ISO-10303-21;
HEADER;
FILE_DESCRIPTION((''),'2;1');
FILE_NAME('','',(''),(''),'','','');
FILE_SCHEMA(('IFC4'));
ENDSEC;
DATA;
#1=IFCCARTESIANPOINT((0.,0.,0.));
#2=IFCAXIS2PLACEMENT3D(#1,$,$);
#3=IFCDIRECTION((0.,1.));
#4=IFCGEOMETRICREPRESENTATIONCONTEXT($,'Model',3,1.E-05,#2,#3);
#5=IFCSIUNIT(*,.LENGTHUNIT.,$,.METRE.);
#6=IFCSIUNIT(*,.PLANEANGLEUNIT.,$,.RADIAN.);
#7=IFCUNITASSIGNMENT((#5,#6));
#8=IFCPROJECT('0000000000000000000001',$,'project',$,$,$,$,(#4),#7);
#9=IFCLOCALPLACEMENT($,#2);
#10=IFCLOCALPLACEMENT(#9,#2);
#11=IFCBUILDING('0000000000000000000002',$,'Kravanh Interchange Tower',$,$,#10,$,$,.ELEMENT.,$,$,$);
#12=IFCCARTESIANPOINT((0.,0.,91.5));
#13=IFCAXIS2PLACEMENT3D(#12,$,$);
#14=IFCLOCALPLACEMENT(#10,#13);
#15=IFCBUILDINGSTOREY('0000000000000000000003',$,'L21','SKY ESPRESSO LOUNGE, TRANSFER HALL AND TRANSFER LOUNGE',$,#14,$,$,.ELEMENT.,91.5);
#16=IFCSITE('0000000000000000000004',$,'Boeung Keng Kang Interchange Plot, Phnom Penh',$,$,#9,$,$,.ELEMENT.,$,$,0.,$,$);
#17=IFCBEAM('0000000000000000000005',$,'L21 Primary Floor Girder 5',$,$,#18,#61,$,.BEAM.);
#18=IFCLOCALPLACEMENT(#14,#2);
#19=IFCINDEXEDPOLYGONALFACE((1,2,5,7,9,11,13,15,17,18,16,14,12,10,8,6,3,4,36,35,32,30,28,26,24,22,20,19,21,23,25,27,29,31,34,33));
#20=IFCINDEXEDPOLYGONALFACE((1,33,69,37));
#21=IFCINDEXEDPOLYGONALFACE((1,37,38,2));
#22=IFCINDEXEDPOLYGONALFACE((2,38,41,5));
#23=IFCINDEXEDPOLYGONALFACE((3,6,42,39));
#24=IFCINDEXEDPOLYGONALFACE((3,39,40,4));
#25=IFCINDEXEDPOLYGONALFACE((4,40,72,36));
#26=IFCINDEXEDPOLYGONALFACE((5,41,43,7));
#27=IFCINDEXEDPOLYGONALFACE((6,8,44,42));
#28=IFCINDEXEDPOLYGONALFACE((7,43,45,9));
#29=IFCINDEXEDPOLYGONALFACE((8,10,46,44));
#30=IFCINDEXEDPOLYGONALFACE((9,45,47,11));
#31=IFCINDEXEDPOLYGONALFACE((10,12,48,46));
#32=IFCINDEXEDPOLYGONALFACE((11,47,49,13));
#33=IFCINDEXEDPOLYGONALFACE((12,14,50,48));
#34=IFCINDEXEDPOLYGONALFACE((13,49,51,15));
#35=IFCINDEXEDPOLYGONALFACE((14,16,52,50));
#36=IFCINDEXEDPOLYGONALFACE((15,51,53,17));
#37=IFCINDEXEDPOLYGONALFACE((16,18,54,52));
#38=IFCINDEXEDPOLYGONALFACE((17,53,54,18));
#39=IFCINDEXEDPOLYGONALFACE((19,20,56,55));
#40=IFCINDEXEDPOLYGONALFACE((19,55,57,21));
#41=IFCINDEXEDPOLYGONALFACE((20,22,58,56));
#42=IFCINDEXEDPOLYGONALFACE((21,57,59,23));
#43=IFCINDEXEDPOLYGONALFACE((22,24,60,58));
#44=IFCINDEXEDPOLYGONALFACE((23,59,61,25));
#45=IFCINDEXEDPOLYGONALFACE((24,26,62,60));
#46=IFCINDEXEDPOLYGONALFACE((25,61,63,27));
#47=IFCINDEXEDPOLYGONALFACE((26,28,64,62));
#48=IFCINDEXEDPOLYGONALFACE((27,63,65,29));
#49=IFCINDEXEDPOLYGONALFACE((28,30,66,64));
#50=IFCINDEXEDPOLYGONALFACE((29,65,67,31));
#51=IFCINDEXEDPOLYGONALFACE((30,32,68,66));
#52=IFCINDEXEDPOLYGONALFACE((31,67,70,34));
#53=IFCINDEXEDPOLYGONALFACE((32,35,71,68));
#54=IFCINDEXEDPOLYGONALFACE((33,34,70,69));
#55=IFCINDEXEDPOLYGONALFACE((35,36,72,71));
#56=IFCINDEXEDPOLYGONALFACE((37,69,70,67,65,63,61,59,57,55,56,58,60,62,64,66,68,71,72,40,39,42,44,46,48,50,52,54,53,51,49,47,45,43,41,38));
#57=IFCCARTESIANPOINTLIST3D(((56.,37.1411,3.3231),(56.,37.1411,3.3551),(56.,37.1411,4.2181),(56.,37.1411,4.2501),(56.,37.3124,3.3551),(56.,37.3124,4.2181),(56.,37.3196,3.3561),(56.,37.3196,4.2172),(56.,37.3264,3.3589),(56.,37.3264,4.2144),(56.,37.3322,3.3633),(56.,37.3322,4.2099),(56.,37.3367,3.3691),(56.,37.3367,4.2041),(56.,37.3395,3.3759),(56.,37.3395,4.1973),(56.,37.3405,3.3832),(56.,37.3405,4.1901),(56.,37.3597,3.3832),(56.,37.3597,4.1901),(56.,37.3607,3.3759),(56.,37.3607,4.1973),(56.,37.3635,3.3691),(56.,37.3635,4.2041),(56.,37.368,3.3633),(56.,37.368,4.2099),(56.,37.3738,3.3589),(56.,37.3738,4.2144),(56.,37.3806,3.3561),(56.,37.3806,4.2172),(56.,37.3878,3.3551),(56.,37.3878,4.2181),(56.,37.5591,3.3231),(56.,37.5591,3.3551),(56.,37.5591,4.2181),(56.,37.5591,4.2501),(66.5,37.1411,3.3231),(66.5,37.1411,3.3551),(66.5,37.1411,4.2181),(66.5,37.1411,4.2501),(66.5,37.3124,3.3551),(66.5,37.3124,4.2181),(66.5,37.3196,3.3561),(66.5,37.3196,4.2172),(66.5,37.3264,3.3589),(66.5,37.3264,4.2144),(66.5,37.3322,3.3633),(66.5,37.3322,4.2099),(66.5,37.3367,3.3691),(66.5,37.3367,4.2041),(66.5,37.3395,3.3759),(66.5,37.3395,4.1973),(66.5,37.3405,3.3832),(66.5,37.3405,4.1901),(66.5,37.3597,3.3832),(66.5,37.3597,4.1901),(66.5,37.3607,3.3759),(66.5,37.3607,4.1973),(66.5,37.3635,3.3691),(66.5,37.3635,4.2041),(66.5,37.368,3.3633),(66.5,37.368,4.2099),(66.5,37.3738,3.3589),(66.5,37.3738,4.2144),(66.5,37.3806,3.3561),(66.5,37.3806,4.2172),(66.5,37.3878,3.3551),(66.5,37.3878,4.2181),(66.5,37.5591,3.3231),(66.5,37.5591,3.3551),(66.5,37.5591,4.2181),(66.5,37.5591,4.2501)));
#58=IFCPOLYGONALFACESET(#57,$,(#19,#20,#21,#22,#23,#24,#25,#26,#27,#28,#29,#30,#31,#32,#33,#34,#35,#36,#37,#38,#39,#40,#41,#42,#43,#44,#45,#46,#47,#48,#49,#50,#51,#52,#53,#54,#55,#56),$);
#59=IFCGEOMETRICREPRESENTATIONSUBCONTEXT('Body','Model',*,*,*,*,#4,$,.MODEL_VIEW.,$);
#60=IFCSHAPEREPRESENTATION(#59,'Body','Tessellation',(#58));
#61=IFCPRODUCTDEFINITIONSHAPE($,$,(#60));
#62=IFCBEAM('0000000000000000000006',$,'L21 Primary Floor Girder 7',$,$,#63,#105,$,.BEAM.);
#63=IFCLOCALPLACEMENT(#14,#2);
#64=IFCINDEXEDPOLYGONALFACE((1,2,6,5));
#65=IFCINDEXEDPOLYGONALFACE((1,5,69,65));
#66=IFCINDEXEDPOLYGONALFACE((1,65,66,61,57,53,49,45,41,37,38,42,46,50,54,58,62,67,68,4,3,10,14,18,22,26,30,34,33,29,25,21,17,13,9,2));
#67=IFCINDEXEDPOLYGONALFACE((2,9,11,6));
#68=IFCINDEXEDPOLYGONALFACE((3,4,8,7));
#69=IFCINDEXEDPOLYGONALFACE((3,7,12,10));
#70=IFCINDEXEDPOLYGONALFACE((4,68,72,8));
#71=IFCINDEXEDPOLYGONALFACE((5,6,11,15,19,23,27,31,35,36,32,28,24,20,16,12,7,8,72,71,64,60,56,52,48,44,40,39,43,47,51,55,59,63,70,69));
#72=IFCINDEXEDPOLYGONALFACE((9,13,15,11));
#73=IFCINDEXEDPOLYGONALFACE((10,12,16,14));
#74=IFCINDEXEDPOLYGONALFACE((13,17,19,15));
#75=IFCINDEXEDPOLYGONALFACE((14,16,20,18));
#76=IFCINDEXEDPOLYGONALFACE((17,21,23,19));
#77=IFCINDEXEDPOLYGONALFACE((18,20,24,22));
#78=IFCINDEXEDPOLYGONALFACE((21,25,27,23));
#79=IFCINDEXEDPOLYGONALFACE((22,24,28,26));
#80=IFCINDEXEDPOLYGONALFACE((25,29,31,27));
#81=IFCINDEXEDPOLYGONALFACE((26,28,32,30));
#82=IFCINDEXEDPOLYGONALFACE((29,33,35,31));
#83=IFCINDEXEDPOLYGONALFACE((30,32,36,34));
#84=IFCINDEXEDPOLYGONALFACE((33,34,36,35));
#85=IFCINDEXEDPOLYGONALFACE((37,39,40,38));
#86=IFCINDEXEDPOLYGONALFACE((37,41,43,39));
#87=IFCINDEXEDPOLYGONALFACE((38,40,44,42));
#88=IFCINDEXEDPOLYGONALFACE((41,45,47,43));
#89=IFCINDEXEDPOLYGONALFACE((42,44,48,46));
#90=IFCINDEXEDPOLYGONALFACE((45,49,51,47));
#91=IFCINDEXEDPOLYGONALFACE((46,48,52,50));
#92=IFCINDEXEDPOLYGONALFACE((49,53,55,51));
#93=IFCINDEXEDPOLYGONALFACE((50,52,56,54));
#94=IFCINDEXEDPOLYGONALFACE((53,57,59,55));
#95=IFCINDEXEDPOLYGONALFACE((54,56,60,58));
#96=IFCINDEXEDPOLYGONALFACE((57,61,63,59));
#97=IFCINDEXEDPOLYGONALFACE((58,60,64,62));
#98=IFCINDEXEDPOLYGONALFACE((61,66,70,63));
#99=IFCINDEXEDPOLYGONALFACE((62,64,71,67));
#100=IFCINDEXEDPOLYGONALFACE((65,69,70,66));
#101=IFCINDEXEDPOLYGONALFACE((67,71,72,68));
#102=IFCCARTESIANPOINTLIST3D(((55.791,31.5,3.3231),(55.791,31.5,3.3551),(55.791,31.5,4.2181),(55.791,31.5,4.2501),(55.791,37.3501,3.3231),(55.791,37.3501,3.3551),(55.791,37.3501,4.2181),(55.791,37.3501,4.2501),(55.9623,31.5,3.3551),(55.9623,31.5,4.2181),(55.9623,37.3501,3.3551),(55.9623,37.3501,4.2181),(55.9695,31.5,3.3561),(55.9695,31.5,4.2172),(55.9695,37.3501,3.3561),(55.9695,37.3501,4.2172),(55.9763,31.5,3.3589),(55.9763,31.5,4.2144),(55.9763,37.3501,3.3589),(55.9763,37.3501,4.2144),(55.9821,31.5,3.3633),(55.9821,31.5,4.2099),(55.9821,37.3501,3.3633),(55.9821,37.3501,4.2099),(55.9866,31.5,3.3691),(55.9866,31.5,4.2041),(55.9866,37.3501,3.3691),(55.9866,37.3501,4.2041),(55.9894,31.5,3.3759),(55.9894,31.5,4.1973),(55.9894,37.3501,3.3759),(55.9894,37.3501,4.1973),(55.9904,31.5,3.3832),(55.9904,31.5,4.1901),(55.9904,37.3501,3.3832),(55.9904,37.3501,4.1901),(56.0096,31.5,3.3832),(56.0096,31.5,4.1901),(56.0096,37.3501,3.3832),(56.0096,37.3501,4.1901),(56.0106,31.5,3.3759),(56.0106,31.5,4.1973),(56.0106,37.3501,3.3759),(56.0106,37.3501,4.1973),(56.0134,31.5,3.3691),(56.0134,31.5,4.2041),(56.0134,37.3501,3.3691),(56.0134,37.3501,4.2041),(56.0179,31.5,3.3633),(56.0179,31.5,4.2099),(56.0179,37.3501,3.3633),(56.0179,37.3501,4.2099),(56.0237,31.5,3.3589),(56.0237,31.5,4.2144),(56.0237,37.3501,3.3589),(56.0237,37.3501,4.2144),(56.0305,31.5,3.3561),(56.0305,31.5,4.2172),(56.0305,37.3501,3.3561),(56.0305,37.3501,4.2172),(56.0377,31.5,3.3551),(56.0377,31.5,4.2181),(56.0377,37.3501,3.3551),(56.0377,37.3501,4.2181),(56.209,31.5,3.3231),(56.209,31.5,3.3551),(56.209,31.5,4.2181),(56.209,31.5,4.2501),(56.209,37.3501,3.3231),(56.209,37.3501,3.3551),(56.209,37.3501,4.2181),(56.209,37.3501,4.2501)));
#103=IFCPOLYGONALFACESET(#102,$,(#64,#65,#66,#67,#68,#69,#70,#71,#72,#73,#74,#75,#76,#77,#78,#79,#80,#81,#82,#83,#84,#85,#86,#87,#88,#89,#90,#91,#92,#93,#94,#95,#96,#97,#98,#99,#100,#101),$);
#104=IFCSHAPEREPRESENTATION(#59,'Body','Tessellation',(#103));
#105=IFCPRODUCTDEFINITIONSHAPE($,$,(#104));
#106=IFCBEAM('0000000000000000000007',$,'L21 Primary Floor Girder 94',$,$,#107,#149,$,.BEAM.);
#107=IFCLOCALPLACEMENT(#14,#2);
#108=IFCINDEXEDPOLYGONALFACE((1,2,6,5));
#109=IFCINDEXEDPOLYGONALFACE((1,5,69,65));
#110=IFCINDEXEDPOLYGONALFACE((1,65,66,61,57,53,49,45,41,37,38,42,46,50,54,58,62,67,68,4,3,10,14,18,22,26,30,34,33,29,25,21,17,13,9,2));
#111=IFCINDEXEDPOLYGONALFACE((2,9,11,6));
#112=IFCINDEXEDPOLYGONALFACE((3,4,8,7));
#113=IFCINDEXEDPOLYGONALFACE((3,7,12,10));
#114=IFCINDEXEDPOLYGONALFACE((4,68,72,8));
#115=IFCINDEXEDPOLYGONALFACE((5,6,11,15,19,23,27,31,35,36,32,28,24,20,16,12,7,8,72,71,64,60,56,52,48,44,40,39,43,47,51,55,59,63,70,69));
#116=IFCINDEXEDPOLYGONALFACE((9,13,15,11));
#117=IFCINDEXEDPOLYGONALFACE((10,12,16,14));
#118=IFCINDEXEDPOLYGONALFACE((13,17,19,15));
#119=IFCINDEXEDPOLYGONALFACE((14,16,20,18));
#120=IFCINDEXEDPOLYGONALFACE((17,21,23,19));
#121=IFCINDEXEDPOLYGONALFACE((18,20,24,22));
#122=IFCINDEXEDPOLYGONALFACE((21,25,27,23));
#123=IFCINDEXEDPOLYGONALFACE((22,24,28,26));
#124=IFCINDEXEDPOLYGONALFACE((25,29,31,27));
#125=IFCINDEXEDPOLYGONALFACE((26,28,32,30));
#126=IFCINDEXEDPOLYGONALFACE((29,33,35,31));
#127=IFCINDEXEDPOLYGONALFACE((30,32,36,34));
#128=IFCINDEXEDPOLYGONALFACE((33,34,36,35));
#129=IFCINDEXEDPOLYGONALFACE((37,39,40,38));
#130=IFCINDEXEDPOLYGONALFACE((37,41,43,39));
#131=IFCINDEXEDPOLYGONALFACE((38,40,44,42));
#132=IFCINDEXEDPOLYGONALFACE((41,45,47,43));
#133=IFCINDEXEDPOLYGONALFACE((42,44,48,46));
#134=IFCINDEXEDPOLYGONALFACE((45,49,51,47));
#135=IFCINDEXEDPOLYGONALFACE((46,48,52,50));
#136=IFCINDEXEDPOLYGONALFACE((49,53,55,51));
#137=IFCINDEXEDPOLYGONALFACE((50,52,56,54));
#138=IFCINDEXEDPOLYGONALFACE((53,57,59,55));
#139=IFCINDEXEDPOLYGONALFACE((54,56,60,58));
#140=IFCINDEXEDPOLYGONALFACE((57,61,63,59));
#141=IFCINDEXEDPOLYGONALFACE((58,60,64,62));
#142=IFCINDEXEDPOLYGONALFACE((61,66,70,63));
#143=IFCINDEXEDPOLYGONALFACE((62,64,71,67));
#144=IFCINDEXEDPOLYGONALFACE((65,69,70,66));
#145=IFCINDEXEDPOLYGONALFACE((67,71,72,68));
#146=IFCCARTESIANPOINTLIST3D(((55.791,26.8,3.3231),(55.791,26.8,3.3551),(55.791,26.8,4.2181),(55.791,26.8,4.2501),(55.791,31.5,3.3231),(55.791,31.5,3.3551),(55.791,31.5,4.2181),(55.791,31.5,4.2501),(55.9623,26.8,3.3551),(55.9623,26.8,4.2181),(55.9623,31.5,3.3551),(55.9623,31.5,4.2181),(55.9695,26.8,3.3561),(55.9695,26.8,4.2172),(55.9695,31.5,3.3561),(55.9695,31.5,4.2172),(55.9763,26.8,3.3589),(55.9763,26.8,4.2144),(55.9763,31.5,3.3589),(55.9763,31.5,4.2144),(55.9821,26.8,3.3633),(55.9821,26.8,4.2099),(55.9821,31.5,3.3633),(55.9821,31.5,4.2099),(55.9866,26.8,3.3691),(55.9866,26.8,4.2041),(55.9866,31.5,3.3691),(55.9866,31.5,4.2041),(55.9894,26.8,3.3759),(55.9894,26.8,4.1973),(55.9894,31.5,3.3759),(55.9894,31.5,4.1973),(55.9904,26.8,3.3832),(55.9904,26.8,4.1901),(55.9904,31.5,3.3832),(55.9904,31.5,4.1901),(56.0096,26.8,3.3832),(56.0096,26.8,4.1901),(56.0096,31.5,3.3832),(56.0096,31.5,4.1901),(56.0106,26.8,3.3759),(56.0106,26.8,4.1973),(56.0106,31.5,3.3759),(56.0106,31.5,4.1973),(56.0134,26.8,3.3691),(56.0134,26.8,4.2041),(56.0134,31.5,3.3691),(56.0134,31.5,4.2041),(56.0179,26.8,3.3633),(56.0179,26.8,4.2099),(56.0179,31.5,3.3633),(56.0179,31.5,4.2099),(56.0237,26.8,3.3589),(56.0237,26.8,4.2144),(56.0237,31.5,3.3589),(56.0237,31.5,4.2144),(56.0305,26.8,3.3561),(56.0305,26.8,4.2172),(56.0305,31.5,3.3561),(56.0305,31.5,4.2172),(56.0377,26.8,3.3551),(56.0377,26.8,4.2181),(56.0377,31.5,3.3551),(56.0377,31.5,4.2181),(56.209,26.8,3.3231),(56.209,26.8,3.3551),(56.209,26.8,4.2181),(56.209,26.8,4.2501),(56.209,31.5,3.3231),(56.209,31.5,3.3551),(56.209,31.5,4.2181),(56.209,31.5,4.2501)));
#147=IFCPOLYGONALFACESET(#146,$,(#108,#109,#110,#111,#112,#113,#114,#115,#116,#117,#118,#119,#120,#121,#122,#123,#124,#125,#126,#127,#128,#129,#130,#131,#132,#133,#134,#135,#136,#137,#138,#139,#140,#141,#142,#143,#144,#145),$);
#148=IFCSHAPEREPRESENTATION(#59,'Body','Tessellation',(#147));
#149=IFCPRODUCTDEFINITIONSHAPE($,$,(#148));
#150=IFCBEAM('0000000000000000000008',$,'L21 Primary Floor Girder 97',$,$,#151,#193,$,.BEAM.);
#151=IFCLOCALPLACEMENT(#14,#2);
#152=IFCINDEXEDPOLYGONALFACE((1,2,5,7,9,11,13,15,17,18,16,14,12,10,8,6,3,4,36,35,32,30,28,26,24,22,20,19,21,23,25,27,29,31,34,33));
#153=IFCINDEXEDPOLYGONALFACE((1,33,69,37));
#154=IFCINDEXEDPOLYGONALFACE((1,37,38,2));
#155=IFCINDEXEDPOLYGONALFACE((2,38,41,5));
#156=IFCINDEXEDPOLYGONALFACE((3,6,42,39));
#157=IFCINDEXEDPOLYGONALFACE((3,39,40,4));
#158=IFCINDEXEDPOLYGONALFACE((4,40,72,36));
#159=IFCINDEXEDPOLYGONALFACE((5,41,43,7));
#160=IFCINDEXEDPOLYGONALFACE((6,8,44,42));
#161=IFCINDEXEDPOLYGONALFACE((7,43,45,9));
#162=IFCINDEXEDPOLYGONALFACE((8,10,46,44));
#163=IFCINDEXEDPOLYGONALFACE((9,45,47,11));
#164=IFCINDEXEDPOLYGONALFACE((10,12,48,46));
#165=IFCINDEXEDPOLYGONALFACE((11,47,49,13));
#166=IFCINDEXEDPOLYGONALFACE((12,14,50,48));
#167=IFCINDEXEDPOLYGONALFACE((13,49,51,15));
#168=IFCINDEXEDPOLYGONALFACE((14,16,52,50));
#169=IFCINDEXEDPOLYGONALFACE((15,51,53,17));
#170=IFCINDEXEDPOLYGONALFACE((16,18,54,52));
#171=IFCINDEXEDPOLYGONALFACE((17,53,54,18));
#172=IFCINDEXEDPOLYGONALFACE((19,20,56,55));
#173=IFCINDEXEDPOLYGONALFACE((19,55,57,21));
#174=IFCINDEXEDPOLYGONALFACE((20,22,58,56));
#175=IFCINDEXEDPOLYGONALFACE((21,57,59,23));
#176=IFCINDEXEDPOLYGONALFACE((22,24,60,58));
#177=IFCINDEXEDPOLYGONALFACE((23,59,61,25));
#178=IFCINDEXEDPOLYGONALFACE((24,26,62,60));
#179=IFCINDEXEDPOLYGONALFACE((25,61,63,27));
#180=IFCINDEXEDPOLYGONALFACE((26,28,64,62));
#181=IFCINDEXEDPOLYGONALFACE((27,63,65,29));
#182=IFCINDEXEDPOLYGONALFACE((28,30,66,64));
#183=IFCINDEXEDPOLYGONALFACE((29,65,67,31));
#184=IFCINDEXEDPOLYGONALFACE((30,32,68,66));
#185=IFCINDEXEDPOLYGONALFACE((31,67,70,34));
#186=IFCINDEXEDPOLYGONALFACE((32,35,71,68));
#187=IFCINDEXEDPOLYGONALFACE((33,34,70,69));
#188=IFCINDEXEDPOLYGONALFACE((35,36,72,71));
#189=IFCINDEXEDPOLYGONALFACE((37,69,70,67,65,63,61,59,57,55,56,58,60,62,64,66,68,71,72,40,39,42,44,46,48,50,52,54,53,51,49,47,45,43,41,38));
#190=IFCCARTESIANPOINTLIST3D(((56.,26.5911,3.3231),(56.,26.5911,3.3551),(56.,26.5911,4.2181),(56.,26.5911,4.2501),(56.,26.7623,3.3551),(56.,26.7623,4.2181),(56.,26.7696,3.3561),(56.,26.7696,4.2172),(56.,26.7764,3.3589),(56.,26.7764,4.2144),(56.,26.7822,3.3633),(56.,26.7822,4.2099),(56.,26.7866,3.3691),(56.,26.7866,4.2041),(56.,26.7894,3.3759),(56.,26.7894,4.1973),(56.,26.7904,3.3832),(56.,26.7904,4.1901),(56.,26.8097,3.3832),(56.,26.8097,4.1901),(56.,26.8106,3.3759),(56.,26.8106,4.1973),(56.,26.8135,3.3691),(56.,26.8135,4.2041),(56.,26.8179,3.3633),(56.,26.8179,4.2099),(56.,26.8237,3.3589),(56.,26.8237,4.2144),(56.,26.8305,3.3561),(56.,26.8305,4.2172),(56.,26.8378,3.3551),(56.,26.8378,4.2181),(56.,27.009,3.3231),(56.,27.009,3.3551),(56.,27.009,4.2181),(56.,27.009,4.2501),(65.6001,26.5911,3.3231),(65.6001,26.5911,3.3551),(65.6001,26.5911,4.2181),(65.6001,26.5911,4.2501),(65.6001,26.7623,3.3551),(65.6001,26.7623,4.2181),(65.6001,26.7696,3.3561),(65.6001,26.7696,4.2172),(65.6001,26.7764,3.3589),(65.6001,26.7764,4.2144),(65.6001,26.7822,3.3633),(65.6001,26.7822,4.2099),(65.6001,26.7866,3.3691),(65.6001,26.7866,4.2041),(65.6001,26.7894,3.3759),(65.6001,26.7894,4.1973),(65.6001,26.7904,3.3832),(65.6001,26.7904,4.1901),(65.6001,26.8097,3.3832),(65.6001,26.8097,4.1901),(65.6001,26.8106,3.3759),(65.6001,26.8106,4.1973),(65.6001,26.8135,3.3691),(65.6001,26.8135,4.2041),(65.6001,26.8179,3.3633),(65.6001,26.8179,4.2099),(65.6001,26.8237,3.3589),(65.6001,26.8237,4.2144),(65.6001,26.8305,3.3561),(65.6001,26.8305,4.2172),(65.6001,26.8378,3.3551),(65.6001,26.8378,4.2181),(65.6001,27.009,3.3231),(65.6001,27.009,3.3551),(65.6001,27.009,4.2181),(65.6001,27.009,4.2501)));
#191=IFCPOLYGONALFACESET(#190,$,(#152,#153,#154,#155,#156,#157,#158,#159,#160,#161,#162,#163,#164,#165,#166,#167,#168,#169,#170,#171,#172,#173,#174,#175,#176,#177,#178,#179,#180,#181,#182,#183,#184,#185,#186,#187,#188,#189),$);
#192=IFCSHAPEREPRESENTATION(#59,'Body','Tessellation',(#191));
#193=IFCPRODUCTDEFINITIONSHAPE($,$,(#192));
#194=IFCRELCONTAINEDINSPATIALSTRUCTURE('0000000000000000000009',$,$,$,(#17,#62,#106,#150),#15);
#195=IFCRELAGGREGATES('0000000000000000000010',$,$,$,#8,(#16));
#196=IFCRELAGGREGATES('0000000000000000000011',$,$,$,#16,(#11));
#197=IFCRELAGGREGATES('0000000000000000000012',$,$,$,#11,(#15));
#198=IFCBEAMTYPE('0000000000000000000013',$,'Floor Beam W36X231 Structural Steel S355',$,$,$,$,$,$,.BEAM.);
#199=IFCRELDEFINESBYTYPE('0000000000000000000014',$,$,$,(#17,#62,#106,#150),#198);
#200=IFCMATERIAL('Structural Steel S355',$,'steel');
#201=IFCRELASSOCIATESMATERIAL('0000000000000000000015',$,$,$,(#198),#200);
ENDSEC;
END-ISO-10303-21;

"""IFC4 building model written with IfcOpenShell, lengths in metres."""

from ifc_helpers import new_model, si_unit, direction, frame, origin, origin_2d, place, context, subcontext, project, spatial, i_section, extrude, material, material_profile, profile_set, type_object, element, save


model = new_model("IFC4")

# Units and contexts
model_context = context("Model", 3, precision=1e-05, world=origin(), true_north=direction((0.0, 1.0)))
body_context = subcontext(model_context, "Body", "Model", "MODEL_VIEW")
ifc_project = project(units=[si_unit("LENGTHUNIT", "METRE"), si_unit("PLANEANGLEUNIT", "RADIAN")], contexts=[model_context])

# Site, building, storey
site_placement = place(None, origin())
site = spatial("IfcSite", under=ifc_project, at=site_placement, Name="Boeung Keng Kang Interchange Plot, Phnom Penh", CompositionType="ELEMENT", RefElevation=0.0)
building_placement = place(site_placement, origin())
building = spatial("IfcBuilding", under=site, at=building_placement, Name="Kravanh Interchange Tower", CompositionType="ELEMENT")
storey_placement = place(building_placement, frame((0.0, 0.0, 91.5)))
storey = spatial("IfcBuildingStorey", under=building, at=storey_placement, Name="L21", Description="SKY ESPRESSO LOUNGE, TRANSFER HALL AND TRANSFER LOUNGE", CompositionType="ELEMENT", Elevation=91.5)

# Beams
ifc_material_1 = material(Name="Structural Steel S355", Category="steel")
ifc_material_profile_1 = material_profile(ifc_material_1, i_section(OverallWidth=0.418, OverallDepth=0.927, WebThickness=0.0193, FlangeThickness=0.032, FilletRadius=0.0281, at=origin_2d()), Name="W36X231")
ifc_profile_set_1 = profile_set([ifc_material_profile_1], Name="Structural Steel S355")
beam_type_1 = type_object("IfcBeamType", Name="Floor Beam W36X231 Structural Steel S355", PredefinedType="BEAM", material=ifc_profile_set_1)
beam_1_placement = place(storey_placement, frame((66.5, 37.3501, 3.7866), z_axis=(-1.0, 0.0, 0.0), x_axis=(0.0, -1.0, 0.0)))
element("IfcBeam", 1, at=beam_1_placement, inside=storey, type_object=beam_type_1, Name="L21 Primary Floor Girder 5", PredefinedType="BEAM", context=body_context, shape_type="SweptSolid", body=[
    extrude(i_section(OverallWidth=0.418, OverallDepth=0.927, WebThickness=0.0193, FlangeThickness=0.032, FilletRadius=0.0281, at=origin_2d()), origin(), (0.0, 0.0, 1.0), 10.5),
])
beam_2_placement = place(storey_placement, frame((56.0, 37.3501, 3.7866), z_axis=(0.0, -1.0, 0.0), x_axis=(1.0, 0.0, 0.0)))
element("IfcBeam", 2, at=beam_2_placement, inside=storey, type_object=beam_type_1, Name="L21 Primary Floor Girder 7", PredefinedType="BEAM", context=body_context, shape_type="SweptSolid", body=[
    extrude(i_section(OverallWidth=0.418, OverallDepth=0.927, WebThickness=0.0193, FlangeThickness=0.032, FilletRadius=0.0281, at=origin_2d()), origin(), (0.0, 0.0, 1.0), 5.8501),
])
beam_3_placement = place(storey_placement, frame((56.0, 26.8, 3.7866), z_axis=(0.0, 1.0, 0.0), x_axis=(-1.0, 0.0, 0.0)))
element("IfcBeam", 3, at=beam_3_placement, inside=storey, type_object=beam_type_1, Name="L21 Primary Floor Girder 94", PredefinedType="BEAM", context=body_context, shape_type="SweptSolid", body=[
    extrude(i_section(OverallWidth=0.418, OverallDepth=0.927, WebThickness=0.0193, FlangeThickness=0.032, FilletRadius=0.0281, at=origin_2d()), origin(), (0.0, 0.0, 1.0), 4.7),
])
beam_4_placement = place(storey_placement, frame((56.0, 26.8, 3.7866), z_axis=(1.0, 0.0, 0.0), x_axis=(0.0, 1.0, 0.0)))
element("IfcBeam", 4, at=beam_4_placement, inside=storey, type_object=beam_type_1, Name="L21 Primary Floor Girder 97", PredefinedType="BEAM", context=body_context, shape_type="SweptSolid", body=[
    extrude(i_section(OverallWidth=0.418, OverallDepth=0.927, WebThickness=0.0193, FlangeThickness=0.032, FilletRadius=0.0281, at=origin_2d()), origin(), (0.0, 0.0, 1.0), 9.6001),
])

save(model, "model.ifc")
